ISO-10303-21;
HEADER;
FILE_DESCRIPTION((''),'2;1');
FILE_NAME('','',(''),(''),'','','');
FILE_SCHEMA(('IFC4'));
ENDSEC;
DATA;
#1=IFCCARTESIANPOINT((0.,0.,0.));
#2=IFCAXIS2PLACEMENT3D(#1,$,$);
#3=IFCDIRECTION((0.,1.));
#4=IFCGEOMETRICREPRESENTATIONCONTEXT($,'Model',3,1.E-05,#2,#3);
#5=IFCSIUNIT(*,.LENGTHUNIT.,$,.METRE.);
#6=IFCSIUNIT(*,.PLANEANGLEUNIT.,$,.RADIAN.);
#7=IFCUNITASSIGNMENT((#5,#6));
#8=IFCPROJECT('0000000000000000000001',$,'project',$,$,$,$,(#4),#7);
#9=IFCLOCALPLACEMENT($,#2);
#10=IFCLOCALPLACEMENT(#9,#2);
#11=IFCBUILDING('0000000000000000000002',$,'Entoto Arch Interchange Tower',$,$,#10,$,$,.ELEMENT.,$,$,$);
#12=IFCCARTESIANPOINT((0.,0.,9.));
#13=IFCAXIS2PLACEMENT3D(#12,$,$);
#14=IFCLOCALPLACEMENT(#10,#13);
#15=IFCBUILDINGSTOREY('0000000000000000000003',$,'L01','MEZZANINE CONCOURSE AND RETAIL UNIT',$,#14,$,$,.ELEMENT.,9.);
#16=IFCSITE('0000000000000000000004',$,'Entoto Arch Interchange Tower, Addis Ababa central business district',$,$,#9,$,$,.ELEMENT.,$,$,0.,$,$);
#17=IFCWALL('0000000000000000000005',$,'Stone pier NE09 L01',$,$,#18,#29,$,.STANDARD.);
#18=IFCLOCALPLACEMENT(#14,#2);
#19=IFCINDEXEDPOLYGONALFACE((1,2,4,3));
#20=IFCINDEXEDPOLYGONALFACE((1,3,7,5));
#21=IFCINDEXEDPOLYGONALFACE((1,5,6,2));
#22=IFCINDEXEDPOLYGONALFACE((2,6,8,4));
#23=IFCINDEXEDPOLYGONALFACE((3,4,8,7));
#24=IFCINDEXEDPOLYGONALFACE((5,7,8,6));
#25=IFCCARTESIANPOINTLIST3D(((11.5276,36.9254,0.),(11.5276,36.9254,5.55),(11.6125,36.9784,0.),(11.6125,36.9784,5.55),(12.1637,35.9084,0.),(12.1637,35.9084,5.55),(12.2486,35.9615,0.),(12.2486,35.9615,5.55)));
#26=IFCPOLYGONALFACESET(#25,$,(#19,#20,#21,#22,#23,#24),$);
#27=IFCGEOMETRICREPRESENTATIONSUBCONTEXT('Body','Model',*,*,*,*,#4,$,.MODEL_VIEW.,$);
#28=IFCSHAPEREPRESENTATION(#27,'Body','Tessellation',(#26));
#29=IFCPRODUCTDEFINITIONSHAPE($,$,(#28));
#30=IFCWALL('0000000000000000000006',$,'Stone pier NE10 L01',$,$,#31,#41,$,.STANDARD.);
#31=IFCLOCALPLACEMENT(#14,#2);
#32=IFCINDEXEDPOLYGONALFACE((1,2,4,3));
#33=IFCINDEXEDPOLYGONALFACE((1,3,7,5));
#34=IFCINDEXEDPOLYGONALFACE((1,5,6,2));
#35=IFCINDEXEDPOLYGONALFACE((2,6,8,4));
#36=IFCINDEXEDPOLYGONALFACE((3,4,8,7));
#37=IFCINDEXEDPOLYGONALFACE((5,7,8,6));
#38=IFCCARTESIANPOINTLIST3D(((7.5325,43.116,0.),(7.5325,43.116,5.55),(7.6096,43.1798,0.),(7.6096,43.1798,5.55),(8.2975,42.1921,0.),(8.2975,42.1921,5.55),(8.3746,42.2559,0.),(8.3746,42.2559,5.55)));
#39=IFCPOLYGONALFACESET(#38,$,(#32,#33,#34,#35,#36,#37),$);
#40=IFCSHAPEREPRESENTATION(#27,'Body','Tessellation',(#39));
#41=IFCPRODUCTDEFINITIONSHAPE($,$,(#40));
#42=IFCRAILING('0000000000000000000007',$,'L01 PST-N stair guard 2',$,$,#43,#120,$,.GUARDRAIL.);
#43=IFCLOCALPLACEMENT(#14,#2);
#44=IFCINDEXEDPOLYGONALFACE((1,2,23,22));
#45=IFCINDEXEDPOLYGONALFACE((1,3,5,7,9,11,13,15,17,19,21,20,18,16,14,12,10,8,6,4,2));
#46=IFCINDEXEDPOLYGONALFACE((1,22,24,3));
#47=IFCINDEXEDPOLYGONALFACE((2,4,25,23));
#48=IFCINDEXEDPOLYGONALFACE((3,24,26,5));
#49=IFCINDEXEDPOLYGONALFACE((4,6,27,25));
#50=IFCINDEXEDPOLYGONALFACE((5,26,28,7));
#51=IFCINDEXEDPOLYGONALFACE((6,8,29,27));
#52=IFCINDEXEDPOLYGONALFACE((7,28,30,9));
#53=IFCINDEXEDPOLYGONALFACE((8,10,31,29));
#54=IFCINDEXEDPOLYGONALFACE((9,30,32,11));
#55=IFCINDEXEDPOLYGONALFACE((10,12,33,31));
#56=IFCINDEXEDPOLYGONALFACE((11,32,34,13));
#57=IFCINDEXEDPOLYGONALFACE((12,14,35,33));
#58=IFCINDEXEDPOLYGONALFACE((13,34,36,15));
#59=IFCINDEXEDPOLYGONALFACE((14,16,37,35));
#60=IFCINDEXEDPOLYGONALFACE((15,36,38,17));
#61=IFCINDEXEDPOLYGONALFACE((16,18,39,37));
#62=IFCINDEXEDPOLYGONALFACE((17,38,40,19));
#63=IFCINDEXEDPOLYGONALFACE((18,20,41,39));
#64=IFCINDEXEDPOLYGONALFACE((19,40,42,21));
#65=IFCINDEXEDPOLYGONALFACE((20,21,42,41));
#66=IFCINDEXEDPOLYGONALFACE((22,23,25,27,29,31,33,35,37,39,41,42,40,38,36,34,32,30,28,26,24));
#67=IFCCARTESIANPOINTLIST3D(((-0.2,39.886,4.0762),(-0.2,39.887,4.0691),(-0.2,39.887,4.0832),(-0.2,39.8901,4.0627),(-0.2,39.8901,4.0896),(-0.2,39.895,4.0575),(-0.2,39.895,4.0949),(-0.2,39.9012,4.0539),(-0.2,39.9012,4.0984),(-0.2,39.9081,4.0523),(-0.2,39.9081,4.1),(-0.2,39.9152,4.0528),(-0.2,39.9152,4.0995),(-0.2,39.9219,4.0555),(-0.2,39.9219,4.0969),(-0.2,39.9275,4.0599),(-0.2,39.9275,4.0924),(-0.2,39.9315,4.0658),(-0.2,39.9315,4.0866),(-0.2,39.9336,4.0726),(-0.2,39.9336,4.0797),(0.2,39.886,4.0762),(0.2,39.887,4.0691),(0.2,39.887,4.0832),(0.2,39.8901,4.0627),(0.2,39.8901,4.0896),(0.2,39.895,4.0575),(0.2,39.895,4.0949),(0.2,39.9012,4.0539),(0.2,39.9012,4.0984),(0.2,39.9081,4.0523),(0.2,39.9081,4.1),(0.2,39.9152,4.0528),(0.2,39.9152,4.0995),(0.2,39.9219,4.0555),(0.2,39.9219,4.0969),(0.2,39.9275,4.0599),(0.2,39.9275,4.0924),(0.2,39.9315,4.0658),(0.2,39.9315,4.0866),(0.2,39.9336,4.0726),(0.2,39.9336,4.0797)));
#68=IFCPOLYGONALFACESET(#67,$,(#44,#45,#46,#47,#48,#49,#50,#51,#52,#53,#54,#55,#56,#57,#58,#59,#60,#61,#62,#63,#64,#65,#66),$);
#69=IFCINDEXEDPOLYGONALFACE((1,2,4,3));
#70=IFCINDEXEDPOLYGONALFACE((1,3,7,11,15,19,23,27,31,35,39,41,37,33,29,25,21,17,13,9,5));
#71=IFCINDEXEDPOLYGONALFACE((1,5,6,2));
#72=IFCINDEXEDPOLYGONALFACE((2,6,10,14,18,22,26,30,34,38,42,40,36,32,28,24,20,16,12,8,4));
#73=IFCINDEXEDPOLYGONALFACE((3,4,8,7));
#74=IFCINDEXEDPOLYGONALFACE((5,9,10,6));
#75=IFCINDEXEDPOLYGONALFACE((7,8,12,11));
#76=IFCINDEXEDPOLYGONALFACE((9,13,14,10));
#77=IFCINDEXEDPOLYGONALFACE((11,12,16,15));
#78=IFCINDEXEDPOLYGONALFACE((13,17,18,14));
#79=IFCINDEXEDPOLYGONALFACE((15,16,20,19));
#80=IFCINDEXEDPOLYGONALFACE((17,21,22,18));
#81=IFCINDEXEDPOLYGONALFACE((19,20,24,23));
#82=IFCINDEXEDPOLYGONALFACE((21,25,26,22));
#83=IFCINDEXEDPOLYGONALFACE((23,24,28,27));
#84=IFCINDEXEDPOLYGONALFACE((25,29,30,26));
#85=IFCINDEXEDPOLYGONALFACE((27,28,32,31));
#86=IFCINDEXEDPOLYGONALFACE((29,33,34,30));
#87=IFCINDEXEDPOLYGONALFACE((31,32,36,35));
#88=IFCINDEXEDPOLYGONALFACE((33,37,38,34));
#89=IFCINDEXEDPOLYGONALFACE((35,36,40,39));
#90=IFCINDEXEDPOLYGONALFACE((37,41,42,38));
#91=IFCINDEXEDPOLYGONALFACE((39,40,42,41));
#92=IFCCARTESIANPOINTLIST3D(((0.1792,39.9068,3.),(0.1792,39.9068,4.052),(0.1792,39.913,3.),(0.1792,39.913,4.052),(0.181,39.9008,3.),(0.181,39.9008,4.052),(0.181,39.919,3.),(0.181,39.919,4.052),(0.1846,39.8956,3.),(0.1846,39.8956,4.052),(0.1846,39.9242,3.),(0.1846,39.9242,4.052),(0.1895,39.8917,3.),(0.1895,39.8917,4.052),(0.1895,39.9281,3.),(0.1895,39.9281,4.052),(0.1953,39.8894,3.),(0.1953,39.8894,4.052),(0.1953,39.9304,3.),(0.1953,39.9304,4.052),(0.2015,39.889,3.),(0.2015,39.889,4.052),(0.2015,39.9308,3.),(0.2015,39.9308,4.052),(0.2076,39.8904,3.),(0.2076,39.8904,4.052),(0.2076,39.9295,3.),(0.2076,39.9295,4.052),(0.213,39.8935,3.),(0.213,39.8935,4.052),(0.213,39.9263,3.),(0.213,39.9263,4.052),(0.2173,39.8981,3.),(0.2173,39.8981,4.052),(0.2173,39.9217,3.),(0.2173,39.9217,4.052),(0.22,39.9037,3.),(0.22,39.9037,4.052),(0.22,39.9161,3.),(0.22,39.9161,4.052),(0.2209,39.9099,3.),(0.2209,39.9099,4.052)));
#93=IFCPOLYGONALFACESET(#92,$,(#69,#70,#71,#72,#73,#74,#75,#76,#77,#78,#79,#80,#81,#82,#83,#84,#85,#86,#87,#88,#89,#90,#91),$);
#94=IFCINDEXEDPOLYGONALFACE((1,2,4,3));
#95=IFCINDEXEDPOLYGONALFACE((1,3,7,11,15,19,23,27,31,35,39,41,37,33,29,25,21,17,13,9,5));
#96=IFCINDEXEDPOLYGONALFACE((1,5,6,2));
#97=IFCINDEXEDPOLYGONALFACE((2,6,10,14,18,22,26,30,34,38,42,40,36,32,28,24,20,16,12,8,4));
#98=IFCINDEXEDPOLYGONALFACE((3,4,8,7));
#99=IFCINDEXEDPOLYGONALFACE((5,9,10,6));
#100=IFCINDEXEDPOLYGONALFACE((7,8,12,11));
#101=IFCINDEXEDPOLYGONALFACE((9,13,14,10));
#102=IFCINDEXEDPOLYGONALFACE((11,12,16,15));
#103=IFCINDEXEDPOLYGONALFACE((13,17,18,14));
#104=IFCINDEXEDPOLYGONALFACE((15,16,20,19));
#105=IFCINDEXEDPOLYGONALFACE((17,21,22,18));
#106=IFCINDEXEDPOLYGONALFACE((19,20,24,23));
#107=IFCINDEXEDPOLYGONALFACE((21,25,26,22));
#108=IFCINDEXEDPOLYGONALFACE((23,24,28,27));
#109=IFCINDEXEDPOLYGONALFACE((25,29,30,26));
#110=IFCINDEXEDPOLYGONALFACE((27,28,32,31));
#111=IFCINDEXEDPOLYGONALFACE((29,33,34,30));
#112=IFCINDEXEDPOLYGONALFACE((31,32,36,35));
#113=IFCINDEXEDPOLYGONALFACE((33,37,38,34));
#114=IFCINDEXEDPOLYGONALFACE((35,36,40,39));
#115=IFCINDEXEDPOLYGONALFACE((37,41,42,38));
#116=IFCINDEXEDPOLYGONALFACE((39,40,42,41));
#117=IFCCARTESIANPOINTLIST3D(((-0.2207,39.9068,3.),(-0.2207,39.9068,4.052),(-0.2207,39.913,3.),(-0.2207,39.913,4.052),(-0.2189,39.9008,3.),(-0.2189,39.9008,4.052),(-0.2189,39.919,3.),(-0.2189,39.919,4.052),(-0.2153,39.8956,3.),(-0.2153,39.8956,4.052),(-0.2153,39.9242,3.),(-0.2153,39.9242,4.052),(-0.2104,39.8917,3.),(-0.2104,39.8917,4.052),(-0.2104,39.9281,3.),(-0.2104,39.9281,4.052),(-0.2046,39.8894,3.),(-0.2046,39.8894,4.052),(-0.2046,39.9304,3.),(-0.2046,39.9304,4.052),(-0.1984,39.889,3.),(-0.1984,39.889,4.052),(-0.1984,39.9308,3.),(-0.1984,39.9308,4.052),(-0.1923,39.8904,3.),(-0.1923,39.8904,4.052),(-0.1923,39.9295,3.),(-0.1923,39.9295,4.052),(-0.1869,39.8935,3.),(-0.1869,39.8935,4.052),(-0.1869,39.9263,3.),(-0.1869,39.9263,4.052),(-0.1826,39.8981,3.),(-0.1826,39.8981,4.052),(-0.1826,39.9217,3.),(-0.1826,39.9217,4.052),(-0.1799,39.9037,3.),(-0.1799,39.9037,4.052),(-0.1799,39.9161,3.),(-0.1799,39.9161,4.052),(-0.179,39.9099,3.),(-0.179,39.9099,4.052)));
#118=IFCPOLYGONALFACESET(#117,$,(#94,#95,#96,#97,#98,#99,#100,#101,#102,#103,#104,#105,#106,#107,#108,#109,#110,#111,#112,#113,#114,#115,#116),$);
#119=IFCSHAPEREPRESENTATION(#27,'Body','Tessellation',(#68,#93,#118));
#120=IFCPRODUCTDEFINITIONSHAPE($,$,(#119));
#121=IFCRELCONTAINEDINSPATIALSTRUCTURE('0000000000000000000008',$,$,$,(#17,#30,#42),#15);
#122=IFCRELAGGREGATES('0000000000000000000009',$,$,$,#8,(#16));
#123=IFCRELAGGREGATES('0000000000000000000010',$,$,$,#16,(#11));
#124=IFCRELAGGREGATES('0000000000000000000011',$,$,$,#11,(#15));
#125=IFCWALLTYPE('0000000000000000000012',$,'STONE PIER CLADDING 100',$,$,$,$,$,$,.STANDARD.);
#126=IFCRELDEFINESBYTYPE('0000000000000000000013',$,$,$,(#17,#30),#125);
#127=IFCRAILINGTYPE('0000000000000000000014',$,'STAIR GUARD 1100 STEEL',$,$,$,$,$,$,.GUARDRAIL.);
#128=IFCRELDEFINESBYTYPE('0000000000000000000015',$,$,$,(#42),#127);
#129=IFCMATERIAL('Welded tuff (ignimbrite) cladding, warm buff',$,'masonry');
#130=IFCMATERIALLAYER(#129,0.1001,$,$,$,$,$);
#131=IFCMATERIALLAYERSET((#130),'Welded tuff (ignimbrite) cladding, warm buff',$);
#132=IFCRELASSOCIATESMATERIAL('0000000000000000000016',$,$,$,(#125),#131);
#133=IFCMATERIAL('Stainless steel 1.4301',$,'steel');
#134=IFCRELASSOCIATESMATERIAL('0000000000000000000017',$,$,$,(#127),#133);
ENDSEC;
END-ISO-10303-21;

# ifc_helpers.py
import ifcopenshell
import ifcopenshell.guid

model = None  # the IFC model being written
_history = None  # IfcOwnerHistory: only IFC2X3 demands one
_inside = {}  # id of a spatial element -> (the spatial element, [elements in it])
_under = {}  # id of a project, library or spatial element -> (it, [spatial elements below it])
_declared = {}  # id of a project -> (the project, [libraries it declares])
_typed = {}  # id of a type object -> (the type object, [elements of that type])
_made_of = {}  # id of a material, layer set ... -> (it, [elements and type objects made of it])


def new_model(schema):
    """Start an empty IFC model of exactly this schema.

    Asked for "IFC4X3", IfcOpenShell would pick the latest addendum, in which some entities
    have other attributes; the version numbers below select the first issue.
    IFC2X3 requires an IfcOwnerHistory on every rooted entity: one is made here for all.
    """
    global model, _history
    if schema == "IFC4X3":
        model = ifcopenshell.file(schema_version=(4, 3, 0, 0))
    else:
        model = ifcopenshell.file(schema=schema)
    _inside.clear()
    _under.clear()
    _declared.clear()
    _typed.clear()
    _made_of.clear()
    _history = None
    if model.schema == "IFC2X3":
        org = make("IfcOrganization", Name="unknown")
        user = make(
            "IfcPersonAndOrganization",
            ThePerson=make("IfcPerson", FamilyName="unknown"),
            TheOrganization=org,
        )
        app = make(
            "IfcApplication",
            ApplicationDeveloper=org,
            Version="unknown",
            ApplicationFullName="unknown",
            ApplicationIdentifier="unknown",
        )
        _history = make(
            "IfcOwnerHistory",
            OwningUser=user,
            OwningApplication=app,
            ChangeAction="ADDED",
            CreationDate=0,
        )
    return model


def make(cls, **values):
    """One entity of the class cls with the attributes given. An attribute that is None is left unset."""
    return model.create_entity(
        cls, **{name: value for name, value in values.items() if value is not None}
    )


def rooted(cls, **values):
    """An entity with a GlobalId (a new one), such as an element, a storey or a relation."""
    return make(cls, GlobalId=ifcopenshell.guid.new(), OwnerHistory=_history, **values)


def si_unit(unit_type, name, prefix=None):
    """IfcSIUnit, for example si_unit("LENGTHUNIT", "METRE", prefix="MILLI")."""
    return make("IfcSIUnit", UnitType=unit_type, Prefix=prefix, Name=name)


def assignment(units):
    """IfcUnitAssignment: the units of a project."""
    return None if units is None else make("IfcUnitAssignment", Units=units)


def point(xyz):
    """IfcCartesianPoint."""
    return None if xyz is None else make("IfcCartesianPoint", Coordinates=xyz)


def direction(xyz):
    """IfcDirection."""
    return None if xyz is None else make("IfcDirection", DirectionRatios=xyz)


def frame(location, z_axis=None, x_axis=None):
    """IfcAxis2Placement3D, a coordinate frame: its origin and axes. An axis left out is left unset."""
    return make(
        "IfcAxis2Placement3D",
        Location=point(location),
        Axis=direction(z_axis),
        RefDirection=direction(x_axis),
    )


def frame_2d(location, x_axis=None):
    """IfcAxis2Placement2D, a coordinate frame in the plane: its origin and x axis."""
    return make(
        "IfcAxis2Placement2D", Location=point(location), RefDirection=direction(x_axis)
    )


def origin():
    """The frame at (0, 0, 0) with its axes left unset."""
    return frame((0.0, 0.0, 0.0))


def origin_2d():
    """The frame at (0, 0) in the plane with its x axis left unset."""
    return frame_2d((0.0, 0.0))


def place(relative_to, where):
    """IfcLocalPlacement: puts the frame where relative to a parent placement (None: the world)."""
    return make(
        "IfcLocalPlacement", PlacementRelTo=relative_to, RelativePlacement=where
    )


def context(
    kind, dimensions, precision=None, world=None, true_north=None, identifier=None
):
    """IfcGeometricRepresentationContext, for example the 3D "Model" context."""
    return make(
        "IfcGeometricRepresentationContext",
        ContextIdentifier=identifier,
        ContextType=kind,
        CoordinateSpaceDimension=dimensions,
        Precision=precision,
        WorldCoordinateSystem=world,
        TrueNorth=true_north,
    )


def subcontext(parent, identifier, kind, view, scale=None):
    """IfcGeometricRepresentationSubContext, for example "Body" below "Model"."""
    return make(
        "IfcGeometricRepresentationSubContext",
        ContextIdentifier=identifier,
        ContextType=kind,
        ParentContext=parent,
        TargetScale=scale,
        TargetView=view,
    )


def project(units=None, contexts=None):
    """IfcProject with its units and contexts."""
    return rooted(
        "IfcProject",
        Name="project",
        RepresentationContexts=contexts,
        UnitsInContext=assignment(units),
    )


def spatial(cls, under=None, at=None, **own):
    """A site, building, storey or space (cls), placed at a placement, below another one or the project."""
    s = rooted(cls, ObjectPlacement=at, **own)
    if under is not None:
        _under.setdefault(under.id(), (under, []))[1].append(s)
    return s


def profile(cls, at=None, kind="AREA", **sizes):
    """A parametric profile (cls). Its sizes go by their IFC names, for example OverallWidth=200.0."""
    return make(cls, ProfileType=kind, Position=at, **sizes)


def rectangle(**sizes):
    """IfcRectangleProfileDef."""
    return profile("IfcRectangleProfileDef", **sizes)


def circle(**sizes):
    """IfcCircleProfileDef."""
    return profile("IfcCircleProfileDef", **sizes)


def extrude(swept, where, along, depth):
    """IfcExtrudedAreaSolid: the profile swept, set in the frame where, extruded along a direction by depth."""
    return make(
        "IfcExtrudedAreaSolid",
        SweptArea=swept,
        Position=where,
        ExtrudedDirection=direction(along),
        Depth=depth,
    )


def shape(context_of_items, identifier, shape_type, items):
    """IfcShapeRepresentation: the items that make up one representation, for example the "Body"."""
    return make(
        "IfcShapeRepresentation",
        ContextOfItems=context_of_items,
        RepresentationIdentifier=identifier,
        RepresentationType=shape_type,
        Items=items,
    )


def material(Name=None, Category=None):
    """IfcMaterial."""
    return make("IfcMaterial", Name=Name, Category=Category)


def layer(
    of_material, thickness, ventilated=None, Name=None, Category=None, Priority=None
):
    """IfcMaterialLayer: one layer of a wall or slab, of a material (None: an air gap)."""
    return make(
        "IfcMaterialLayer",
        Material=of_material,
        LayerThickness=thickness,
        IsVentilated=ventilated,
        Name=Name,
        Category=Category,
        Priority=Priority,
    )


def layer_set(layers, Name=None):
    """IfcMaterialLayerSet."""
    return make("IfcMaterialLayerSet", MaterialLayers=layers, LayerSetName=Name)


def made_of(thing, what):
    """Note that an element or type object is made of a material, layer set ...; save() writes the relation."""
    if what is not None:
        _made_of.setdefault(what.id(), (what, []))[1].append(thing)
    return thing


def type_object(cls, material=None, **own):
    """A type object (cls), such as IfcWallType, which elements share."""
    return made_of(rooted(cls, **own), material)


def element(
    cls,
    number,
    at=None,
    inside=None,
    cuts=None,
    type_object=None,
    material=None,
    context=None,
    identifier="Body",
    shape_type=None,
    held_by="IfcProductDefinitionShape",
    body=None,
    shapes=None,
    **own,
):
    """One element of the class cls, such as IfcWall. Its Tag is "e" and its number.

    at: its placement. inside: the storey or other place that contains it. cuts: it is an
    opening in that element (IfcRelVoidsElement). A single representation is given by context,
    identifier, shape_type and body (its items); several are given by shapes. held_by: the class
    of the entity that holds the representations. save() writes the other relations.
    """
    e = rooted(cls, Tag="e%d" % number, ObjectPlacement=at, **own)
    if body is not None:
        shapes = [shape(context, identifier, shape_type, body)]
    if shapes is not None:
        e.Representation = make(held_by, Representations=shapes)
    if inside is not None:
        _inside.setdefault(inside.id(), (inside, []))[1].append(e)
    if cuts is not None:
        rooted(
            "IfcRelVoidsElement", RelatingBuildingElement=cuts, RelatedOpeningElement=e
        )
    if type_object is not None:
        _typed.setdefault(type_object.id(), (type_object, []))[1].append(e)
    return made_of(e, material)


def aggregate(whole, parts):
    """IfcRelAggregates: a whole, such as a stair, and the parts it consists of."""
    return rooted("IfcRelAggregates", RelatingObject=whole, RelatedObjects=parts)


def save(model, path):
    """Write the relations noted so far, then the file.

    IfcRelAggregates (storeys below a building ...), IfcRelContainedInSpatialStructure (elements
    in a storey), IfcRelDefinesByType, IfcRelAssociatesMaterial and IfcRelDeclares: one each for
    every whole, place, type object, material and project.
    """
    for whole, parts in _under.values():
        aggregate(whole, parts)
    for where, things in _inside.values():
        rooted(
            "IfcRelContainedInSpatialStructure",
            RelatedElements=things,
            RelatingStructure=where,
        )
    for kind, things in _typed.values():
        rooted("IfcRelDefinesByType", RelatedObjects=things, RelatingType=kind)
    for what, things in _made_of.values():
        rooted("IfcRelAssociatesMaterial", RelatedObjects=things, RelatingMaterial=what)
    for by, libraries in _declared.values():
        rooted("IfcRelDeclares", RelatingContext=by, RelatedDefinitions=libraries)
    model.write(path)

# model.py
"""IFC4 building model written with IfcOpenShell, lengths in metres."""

from ifc_helpers import new_model, si_unit, direction, frame, frame_2d, origin, origin_2d, place, context, subcontext, project, spatial, rectangle, circle, extrude, material, layer, layer_set, type_object, element, save


model = new_model("IFC4")

# Units and contexts
model_context = context("Model", 3, precision=1e-05, world=origin(), true_north=direction((0.0, 1.0)))
body_context = subcontext(model_context, "Body", "Model", "MODEL_VIEW")
ifc_project = project(units=[si_unit("LENGTHUNIT", "METRE"), si_unit("PLANEANGLEUNIT", "RADIAN")], contexts=[model_context])

# Site, building, storey
site_placement = place(None, origin())
site = spatial("IfcSite", under=ifc_project, at=site_placement, Name="Entoto Arch Interchange Tower, Addis Ababa central business district", CompositionType="ELEMENT", RefElevation=0.0)
building_placement = place(site_placement, origin())
building = spatial("IfcBuilding", under=site, at=building_placement, Name="Entoto Arch Interchange Tower", CompositionType="ELEMENT")
storey_placement = place(building_placement, frame((0.0, 0.0, 9.0)))
storey = spatial("IfcBuildingStorey", under=building, at=storey_placement, Name="L01", Description="MEZZANINE CONCOURSE AND RETAIL UNIT", CompositionType="ELEMENT", Elevation=9.0)

# Shared definitions
ifc_material_1 = material(Name="Welded tuff (ignimbrite) cladding, warm buff", Category="masonry")

# Walls
ifc_layer_1 = layer(ifc_material_1, 0.1001)
ifc_layer_set_1 = layer_set([ifc_layer_1], Name="Welded tuff (ignimbrite) cladding, warm buff")
wall_type_1 = type_object("IfcWallType", Name="STONE PIER CLADDING 100", PredefinedType="STANDARD", material=ifc_layer_set_1)
for number, where, z_axis, x_axis, name in (
    (1, (12.2061, 35.9351, 0.0), (0.0, 0.0, 1.0), (-0.530273, 0.847827, 0.0), "Stone pier NE09 L01"),
    (2, (8.3359, 42.2241, 0.0), (0.0, 0.0, 1.0), (-0.637739, 0.770253, 0.0), "Stone pier NE10 L01"),
):
    element("IfcWall", number, at=place(storey_placement, frame(where, z_axis=z_axis, x_axis=x_axis)), inside=storey, type_object=wall_type_1, Name=name, PredefinedType="STANDARD", context=body_context, shape_type="SweptSolid", body=[
        extrude(rectangle(XDim=1.1995, YDim=0.1001, at=frame_2d((0.5996, 0.0))), origin(), (0.0, 0.0, 1.0), 5.55),
    ])

# Railing
ifc_material_2 = material(Name="Stainless steel 1.4301", Category="steel")
railing_type_1 = type_object("IfcRailingType", Name="STAIR GUARD 1100 STEEL", PredefinedType="GUARDRAIL", material=ifc_material_2)
railing_1_placement = place(storey_placement, frame((0.2, 39.9099, 3.0)))
element("IfcRailing", 3, at=railing_1_placement, inside=storey, type_object=railing_type_1, Name="L01 PST-N stair guard 2", PredefinedType="GUARDRAIL", context=body_context, shape_type="SweptSolid", body=[
    extrude(circle(Radius=0.0239, at=origin_2d()), frame((0.0, 0.0, 1.0762), z_axis=(-1.0, 0.0, 0.0), x_axis=(0.0, -1.0, 0.0)), (0.0, 0.0, 1.0), 0.3999),
    extrude(circle(Radius=0.021, at=origin_2d()), origin(), (0.0, 0.0, 1.0), 1.052),
    extrude(circle(Radius=0.021, at=origin_2d()), frame((-0.3999, 0.0, 0.0)), (0.0, 0.0, 1.0), 1.052),
])

save(model, "model.ifc")
